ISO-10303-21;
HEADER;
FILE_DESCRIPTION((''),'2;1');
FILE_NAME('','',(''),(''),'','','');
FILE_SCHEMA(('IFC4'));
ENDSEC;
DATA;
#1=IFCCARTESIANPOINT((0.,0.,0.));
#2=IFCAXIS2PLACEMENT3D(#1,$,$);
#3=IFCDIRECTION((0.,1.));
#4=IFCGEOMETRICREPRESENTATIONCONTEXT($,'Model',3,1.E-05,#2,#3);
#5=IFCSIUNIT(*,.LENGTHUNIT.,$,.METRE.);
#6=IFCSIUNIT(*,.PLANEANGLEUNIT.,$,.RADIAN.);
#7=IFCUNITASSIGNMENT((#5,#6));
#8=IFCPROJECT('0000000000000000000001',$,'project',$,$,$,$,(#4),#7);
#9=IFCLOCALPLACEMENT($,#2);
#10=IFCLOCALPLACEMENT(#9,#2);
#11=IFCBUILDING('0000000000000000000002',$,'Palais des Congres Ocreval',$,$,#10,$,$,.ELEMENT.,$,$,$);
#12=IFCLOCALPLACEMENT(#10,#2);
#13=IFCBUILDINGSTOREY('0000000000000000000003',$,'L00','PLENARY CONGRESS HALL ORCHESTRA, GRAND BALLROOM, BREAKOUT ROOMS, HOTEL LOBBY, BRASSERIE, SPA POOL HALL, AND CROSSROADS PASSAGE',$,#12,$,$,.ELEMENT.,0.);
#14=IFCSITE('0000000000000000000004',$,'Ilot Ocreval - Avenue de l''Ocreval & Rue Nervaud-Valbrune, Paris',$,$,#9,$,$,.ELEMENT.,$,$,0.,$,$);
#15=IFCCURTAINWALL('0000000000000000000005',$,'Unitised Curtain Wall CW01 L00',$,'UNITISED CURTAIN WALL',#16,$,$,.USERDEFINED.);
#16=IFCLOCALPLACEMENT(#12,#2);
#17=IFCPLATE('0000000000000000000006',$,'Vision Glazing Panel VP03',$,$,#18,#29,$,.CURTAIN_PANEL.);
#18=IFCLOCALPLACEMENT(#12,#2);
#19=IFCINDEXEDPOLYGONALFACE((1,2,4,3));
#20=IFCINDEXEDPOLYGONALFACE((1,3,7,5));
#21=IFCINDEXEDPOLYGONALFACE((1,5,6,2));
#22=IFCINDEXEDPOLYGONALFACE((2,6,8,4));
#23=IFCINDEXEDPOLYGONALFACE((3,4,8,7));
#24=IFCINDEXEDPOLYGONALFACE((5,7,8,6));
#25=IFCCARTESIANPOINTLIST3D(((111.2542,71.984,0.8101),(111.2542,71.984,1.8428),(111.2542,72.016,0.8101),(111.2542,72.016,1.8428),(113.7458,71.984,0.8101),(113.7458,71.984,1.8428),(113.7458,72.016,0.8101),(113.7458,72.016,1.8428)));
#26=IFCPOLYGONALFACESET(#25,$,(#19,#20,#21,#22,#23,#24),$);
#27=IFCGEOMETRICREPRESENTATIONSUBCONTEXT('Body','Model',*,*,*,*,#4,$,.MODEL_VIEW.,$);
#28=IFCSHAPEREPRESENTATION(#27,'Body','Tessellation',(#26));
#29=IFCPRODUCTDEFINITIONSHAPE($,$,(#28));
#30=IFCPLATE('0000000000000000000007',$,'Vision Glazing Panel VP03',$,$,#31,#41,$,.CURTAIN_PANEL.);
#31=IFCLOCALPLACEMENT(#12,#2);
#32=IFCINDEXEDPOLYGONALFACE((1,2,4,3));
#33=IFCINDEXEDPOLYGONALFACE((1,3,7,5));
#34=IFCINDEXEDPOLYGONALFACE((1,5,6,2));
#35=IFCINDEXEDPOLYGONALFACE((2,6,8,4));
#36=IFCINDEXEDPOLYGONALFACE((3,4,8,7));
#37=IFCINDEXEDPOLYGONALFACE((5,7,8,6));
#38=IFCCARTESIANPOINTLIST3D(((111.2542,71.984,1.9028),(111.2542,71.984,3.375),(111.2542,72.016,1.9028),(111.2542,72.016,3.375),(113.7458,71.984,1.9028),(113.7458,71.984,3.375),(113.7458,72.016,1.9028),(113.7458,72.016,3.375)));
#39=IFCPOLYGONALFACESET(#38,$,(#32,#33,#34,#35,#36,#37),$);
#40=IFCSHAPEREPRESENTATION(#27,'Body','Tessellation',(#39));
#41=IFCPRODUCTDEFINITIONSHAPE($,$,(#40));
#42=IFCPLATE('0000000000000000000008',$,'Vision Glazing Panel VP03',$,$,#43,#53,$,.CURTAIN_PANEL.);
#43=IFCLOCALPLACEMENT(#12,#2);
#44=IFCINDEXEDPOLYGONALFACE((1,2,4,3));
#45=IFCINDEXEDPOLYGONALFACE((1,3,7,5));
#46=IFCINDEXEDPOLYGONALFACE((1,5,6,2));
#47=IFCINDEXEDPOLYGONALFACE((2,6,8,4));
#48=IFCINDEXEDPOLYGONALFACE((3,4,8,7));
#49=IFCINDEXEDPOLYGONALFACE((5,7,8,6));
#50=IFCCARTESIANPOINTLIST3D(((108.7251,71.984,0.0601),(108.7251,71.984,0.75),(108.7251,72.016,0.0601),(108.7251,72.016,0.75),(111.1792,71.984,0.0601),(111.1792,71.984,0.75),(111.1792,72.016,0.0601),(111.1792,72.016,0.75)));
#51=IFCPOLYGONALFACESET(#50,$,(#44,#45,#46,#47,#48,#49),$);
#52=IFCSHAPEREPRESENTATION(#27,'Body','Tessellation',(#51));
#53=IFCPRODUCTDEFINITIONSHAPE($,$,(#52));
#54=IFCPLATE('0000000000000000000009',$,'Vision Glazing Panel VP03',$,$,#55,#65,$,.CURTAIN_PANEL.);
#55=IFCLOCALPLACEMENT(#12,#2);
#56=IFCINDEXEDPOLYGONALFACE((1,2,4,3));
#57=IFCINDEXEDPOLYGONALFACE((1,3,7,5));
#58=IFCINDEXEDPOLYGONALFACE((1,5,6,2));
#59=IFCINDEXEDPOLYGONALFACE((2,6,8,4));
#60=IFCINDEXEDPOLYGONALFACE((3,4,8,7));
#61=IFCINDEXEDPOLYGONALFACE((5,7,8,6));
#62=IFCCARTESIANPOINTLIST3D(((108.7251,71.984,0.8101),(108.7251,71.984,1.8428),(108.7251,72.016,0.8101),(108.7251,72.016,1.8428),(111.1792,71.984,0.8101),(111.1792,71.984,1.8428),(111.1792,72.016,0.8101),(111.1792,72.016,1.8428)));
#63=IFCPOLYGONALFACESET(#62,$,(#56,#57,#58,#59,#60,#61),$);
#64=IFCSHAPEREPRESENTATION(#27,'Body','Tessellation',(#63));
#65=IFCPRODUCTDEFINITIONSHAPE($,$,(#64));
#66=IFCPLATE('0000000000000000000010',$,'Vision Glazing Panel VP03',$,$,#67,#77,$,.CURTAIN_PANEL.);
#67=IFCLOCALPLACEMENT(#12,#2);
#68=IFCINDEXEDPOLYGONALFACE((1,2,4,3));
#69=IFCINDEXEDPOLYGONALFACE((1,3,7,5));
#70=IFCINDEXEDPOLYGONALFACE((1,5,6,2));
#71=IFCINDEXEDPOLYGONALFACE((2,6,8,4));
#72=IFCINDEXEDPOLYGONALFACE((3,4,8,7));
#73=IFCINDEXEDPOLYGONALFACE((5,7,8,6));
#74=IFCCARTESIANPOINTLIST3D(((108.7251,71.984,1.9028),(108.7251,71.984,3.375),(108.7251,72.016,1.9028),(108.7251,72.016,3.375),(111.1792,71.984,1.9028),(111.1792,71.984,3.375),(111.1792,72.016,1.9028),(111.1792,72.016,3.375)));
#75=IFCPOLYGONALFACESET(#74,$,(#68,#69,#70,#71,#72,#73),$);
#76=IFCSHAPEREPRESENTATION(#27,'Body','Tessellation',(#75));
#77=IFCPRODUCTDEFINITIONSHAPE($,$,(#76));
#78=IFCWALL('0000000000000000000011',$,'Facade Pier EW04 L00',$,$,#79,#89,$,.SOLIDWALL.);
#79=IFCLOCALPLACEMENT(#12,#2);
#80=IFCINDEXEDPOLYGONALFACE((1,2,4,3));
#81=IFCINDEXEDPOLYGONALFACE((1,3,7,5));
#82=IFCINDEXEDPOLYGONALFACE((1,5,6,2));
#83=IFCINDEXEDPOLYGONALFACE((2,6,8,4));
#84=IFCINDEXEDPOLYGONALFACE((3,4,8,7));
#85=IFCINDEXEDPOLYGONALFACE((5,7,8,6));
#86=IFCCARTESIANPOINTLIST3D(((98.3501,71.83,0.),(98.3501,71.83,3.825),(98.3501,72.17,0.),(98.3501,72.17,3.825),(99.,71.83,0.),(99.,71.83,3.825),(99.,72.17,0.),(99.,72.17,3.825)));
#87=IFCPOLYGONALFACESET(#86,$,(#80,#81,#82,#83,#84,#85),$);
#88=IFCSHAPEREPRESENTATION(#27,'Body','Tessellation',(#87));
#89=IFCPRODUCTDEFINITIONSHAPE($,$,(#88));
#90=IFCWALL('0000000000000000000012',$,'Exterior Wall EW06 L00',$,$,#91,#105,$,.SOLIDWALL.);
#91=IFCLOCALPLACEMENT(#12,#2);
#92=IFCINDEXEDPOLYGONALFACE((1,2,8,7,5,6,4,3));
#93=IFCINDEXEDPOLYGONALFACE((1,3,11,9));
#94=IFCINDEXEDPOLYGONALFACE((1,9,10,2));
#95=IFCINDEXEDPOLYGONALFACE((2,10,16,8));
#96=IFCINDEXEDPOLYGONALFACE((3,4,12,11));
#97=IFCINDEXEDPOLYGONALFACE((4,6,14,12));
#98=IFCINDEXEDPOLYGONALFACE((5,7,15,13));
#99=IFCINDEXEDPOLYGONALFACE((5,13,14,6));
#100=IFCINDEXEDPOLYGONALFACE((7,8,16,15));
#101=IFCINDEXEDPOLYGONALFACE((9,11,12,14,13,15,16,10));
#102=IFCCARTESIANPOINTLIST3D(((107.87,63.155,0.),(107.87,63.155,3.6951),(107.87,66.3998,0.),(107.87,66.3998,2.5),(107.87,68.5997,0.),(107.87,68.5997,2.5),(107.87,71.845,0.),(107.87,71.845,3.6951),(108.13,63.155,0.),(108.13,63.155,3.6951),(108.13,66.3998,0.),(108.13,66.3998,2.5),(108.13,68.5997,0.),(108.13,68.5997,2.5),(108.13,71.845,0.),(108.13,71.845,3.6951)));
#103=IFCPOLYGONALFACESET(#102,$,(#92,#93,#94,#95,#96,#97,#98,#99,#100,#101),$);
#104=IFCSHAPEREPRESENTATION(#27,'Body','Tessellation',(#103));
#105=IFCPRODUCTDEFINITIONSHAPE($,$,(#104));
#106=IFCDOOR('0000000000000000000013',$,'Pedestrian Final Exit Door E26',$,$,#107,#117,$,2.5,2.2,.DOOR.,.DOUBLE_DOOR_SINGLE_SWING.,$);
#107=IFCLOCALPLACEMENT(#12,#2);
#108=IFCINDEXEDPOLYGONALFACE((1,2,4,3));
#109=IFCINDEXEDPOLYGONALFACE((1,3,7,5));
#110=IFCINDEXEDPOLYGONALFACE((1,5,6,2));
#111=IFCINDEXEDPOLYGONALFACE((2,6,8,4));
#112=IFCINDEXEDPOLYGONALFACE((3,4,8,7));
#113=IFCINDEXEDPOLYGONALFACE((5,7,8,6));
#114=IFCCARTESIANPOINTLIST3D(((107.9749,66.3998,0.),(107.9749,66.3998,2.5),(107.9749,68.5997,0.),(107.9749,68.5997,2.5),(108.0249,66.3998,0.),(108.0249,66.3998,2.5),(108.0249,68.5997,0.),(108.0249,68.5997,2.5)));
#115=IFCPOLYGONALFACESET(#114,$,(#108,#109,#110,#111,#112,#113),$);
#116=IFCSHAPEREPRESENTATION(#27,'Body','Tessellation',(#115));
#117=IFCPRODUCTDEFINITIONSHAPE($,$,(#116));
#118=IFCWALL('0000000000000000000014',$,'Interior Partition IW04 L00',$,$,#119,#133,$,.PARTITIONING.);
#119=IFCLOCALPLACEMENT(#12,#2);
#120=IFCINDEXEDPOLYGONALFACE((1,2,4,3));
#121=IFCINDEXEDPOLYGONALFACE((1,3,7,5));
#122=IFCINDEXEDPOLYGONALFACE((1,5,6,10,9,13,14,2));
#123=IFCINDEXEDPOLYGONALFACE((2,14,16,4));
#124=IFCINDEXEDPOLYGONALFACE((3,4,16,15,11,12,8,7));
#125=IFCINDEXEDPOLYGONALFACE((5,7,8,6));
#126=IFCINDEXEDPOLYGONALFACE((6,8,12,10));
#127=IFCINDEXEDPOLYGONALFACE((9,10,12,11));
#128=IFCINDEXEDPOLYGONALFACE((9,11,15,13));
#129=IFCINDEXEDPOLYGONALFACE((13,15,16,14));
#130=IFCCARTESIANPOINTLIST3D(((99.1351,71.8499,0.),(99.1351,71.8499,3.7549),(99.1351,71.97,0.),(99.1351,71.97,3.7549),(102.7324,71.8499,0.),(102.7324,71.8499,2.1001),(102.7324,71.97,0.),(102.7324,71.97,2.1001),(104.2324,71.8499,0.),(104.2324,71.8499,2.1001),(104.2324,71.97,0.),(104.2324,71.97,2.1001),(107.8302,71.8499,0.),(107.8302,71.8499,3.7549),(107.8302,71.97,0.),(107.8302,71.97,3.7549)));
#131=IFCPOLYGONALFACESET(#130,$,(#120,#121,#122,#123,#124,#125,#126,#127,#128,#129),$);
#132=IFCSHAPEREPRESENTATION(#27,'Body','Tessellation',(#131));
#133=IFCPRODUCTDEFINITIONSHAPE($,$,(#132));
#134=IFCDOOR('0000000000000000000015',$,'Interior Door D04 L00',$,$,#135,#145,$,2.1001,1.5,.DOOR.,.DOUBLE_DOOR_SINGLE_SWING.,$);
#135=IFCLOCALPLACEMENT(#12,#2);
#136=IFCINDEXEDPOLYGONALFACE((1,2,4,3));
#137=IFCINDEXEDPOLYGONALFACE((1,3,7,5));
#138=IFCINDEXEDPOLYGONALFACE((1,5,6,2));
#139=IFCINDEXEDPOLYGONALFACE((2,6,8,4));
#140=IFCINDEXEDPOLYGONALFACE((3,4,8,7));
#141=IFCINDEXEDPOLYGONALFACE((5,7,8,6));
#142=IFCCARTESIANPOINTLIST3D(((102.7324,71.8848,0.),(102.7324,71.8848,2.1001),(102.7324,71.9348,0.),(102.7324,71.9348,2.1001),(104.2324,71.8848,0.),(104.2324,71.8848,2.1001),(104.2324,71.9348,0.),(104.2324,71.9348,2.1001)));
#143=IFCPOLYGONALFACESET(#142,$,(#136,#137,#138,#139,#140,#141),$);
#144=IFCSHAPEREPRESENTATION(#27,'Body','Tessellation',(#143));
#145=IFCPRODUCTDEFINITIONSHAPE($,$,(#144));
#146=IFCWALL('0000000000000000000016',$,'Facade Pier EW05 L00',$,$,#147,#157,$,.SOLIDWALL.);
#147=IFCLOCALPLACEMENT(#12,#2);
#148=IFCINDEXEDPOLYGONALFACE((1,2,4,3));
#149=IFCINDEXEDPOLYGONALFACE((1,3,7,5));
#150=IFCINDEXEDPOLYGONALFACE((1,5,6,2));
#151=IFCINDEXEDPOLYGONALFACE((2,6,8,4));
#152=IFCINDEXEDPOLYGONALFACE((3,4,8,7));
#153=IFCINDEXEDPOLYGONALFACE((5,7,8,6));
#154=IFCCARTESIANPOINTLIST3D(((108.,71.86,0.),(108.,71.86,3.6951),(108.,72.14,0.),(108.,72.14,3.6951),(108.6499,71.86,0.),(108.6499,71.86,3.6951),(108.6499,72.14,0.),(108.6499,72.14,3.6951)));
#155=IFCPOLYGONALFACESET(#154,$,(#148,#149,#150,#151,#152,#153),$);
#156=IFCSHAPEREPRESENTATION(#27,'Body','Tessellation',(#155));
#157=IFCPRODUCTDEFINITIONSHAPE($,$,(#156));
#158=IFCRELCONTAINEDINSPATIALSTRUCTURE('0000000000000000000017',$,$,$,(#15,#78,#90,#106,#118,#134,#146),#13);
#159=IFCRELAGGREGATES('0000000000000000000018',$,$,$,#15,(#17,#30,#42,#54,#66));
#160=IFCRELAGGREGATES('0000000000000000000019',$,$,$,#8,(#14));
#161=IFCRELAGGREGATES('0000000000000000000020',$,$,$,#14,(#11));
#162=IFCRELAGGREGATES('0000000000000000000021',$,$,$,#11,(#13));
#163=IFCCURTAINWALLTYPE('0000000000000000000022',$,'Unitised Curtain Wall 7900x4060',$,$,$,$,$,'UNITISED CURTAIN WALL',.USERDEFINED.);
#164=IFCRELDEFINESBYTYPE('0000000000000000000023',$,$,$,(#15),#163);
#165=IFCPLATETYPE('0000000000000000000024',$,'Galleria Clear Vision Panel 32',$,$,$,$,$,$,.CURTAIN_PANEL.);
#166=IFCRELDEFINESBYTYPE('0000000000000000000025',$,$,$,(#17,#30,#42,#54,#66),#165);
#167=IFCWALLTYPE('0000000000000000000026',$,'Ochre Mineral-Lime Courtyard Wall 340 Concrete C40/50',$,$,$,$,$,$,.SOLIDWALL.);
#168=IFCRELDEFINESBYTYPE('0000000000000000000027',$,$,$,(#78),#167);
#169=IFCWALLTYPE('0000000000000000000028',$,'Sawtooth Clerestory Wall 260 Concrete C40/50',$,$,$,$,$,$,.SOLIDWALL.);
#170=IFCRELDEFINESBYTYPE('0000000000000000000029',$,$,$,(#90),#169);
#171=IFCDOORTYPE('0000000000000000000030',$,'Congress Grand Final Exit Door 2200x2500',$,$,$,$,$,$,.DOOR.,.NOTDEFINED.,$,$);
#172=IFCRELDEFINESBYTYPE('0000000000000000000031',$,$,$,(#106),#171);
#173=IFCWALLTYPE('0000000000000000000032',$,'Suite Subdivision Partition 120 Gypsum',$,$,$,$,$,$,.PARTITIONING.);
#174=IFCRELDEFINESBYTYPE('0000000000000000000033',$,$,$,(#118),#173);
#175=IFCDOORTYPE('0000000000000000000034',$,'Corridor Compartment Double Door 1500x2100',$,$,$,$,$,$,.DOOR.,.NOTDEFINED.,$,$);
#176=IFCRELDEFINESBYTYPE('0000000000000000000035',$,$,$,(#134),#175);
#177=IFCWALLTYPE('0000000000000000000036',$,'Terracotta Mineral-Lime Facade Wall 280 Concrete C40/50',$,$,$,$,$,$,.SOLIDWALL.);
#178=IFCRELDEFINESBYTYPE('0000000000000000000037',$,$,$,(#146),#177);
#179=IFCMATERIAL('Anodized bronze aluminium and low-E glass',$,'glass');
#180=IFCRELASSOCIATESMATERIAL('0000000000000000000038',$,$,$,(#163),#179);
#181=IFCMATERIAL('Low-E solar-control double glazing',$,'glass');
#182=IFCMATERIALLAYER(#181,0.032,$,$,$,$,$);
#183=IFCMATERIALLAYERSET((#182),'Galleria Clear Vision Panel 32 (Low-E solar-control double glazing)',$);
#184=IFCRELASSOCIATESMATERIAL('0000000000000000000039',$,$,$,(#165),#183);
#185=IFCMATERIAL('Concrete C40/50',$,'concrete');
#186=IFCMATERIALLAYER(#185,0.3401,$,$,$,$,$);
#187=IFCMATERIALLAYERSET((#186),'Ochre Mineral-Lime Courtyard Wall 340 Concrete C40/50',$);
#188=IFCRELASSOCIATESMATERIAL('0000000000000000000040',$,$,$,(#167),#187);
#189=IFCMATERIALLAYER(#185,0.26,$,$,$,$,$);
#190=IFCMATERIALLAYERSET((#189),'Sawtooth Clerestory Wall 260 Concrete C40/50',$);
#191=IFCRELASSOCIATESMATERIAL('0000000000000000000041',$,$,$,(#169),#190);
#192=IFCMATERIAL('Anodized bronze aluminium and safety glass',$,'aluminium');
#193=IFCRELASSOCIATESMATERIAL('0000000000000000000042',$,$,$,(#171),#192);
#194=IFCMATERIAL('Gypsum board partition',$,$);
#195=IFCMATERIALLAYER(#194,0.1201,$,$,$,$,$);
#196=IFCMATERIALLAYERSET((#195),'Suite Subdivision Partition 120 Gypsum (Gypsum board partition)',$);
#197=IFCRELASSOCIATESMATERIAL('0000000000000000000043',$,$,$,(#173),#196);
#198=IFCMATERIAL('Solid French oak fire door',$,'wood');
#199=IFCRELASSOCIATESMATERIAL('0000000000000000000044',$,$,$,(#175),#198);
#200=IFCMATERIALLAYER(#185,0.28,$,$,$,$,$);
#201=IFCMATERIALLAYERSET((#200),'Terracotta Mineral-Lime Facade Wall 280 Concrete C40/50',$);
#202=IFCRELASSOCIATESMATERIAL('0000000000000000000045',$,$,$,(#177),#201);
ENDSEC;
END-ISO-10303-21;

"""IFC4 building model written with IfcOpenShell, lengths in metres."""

from ifc_helpers import new_model, si_unit, direction, frame, frame_2d, origin, origin_2d, place, context, subcontext, project, spatial, rectangle, extrude, material, layer, layer_set, type_object, element, fill, aggregate, save


model = new_model("IFC4")

# Units and contexts
model_context = context("Model", 3, precision=1e-05, world=origin(), true_north=direction((0.0, 1.0)))
body_context = subcontext(model_context, "Body", "Model", "MODEL_VIEW")
ifc_project = project(units=[si_unit("LENGTHUNIT", "METRE"), si_unit("PLANEANGLEUNIT", "RADIAN")], contexts=[model_context])

# Site, building, storey
site_placement = place(None, origin())
site = spatial("IfcSite", under=ifc_project, at=site_placement, Name="Ilot Ocreval - Avenue de l'Ocreval & Rue Nervaud-Valbrune, Paris", CompositionType="ELEMENT", RefElevation=0.0)
building_placement = place(site_placement, origin())
building = spatial("IfcBuilding", under=site, at=building_placement, Name="Palais des Congres Ocreval", CompositionType="ELEMENT")
storey_placement = place(building_placement, origin())
storey = spatial("IfcBuildingStorey", under=building, at=storey_placement, Name="L00", Description="PLENARY CONGRESS HALL ORCHESTRA, GRAND BALLROOM, BREAKOUT ROOMS, HOTEL LOBBY, BRASSERIE, SPA POOL HALL, AND CROSSROADS PASSAGE", CompositionType="ELEMENT", Elevation=0.0)

# Curtain wall
ifc_material_1 = material(Name="Anodized bronze aluminium and low-E glass", Category="glass")
curtain_wall_type = type_object("IfcCurtainWallType", Name="Unitised Curtain Wall 7900x4060", ElementType="UNITISED CURTAIN WALL", PredefinedType="USERDEFINED", material=ifc_material_1)
curtain_wall_placement = place(storey_placement, origin())
curtain_wall = element("IfcCurtainWall", 1, at=curtain_wall_placement, inside=storey, type_object=curtain_wall_type, Name="Unitised Curtain Wall CW01 L00", ObjectType="UNITISED CURTAIN WALL", PredefinedType="USERDEFINED")

# Plates
ifc_material_2 = material(Name="Low-E solar-control double glazing", Category="glass")
ifc_layer_1 = layer(ifc_material_2, 0.032)
ifc_layer_set_1 = layer_set([ifc_layer_1], Name="Galleria Clear Vision Panel 32 (Low-E solar-control double glazing)")
plate_type_1 = type_object("IfcPlateType", Name="Galleria Clear Vision Panel 32", PredefinedType="CURTAIN_PANEL", material=ifc_layer_set_1)
plate_1_placement = place(storey_placement, frame((112.5, 72.0, 0.8101), z_axis=(0.0, 0.0, 1.0), x_axis=(-1.0, 0.0, 0.0)))
plate_1 = element("IfcPlate", 2, at=plate_1_placement, type_object=plate_type_1, Name="Vision Glazing Panel VP03", PredefinedType="CURTAIN_PANEL", context=body_context, shape_type="SweptSolid", body=[
    extrude(rectangle(XDim=2.4917, YDim=0.032, at=origin_2d()), origin(), (0.0, 0.0, 1.0), 1.0327),
])
plate_2_placement = place(storey_placement, frame((112.5, 72.0, 1.9028), z_axis=(0.0, 0.0, 1.0), x_axis=(-1.0, 0.0, 0.0)))
plate_2 = element("IfcPlate", 3, at=plate_2_placement, type_object=plate_type_1, Name="Vision Glazing Panel VP03", PredefinedType="CURTAIN_PANEL", context=body_context, shape_type="SweptSolid", body=[
    extrude(rectangle(XDim=2.4917, YDim=0.032, at=origin_2d()), origin(), (0.0, 0.0, 1.0), 1.4722),
])
plate_3_placement = place(storey_placement, frame((109.9521, 72.0, 0.0601), z_axis=(0.0, 0.0, 1.0), x_axis=(-1.0, 0.0, 0.0)))
plate_3 = element("IfcPlate", 4, at=plate_3_placement, type_object=plate_type_1, Name="Vision Glazing Panel VP03", PredefinedType="CURTAIN_PANEL", context=body_context, shape_type="SweptSolid", body=[
    extrude(rectangle(XDim=2.4541, YDim=0.032, at=origin_2d()), origin(), (0.0, 0.0, 1.0), 0.6899),
])
plate_4_placement = place(storey_placement, frame((109.9521, 72.0, 0.8101), z_axis=(0.0, 0.0, 1.0), x_axis=(-1.0, 0.0, 0.0)))
plate_4 = element("IfcPlate", 5, at=plate_4_placement, type_object=plate_type_1, Name="Vision Glazing Panel VP03", PredefinedType="CURTAIN_PANEL", context=body_context, shape_type="SweptSolid", body=[
    extrude(rectangle(XDim=2.4541, YDim=0.032, at=origin_2d()), origin(), (0.0, 0.0, 1.0), 1.0327),
])
plate_5_placement = place(storey_placement, frame((109.9521, 72.0, 1.9028), z_axis=(0.0, 0.0, 1.0), x_axis=(-1.0, 0.0, 0.0)))
plate_5 = element("IfcPlate", 6, at=plate_5_placement, type_object=plate_type_1, Name="Vision Glazing Panel VP03", PredefinedType="CURTAIN_PANEL", context=body_context, shape_type="SweptSolid", body=[
    extrude(rectangle(XDim=2.4541, YDim=0.032, at=origin_2d()), origin(), (0.0, 0.0, 1.0), 1.4722),
])
aggregate(curtain_wall, [plate_1, plate_2, plate_3, plate_4, plate_5])

# Wall
ifc_material_3 = material(Name="Concrete C40/50", Category="concrete")
ifc_layer_2 = layer(ifc_material_3, 0.3401)
ifc_layer_set_2 = layer_set([ifc_layer_2], Name="Ochre Mineral-Lime Courtyard Wall 340 Concrete C40/50")
wall_type_1 = type_object("IfcWallType", Name="Ochre Mineral-Lime Courtyard Wall 340 Concrete C40/50", PredefinedType="SOLIDWALL", material=ifc_layer_set_2)
wall_1_placement = place(storey_placement, frame((99.0, 72.0, 0.0), z_axis=(0.0, 0.0, 1.0), x_axis=(-1.0, 0.0, 0.0)))
element("IfcWall", 7, at=wall_1_placement, inside=storey, type_object=wall_type_1, Name="Facade Pier EW04 L00", PredefinedType="SOLIDWALL", context=body_context, shape_type="SweptSolid", body=[
    extrude(rectangle(XDim=0.6499, YDim=0.3401, at=frame_2d((0.325, 0.0))), origin(), (0.0, 0.0, 1.0), 3.825),
])

# Walls, openings, doors
ifc_layer_3 = layer(ifc_material_3, 0.26)
ifc_layer_set_3 = layer_set([ifc_layer_3], Name="Sawtooth Clerestory Wall 260 Concrete C40/50")
wall_type_2 = type_object("IfcWallType", Name="Sawtooth Clerestory Wall 260 Concrete C40/50", PredefinedType="SOLIDWALL", material=ifc_layer_set_3)
wall_2_placement = place(storey_placement, frame((108.0, 71.845, 0.0), z_axis=(0.0, 0.0, 1.0), x_axis=(0.0, -1.0, 0.0)))
wall_2 = element("IfcWall", 8, at=wall_2_placement, inside=storey, type_object=wall_type_2, Name="Exterior Wall EW06 L00", PredefinedType="SOLIDWALL", context=body_context, shape_type="SweptSolid", body=[
    extrude(rectangle(XDim=8.6899, YDim=0.26, at=frame_2d((4.345, 0.0))), origin(), (0.0, 0.0, 1.0), 3.6951),
])
opening_1_placement = place(wall_2_placement, frame((3.2451, 0.0, 0.0)))
opening_1 = element("IfcOpeningElement", 9, at=opening_1_placement, cuts=wall_2, PredefinedType="OPENING", context=body_context, shape_type="SweptSolid", body=[
    extrude(rectangle(XDim=2.2, YDim=2.5, at=frame_2d((1.1001, 1.25))), frame((0.0, 0.1399, 0.0), z_axis=(0.0, -1.0, 0.0), x_axis=(1.0, 0.0, 0.0)), (0.0, 0.0, 1.0), 0.28),
])
ifc_material_4 = material(Name="Anodized bronze aluminium and safety glass", Category="aluminium")
door_type_1 = type_object("IfcDoorType", Name="Congress Grand Final Exit Door 2200x2500", OperationType="NOTDEFINED", PredefinedType="DOOR", material=ifc_material_4)
door_1_placement = place(opening_1_placement, origin())
door_1 = element("IfcDoor", 10, at=door_1_placement, inside=storey, type_object=door_type_1, Name="Pedestrian Final Exit Door E26", OperationType="DOUBLE_DOOR_SINGLE_SWING", OverallHeight=2.5, OverallWidth=2.2, PredefinedType="DOOR", context=body_context, shape_type="SweptSolid", body=[
    extrude(rectangle(XDim=2.2, YDim=2.5, at=frame_2d((1.1001, 1.25))), frame((0.0, 0.0249, 0.0), z_axis=(0.0, -1.0, 0.0), x_axis=(1.0, 0.0, 0.0)), (0.0, 0.0, 1.0), 0.05),
])
fill(opening_1, door_1)
ifc_material_5 = material(Name="Gypsum board partition")
ifc_layer_4 = layer(ifc_material_5, 0.1201)
ifc_layer_set_4 = layer_set([ifc_layer_4], Name="Suite Subdivision Partition 120 Gypsum (Gypsum board partition)")
wall_type_3 = type_object("IfcWallType", Name="Suite Subdivision Partition 120 Gypsum", PredefinedType="PARTITIONING", material=ifc_layer_set_4)
wall_3_placement = place(storey_placement, frame((99.135, 71.9099, 0.0), z_axis=(0.0, 0.0, 1.0), x_axis=(1.0, 0.0, 0.0)))
wall_3 = element("IfcWall", 11, at=wall_3_placement, inside=storey, type_object=wall_type_3, Name="Interior Partition IW04 L00", PredefinedType="PARTITIONING", context=body_context, shape_type="SweptSolid", body=[
    extrude(rectangle(XDim=8.6951, YDim=0.1201, at=frame_2d((4.3477, 0.0))), origin(), (0.0, 0.0, 1.0), 3.7549),
])
opening_2_placement = place(wall_3_placement, frame((3.5974, 0.0, 0.0)))
opening_2 = element("IfcOpeningElement", 12, at=opening_2_placement, cuts=wall_3, PredefinedType="OPENING", context=body_context, shape_type="SweptSolid", body=[
    extrude(rectangle(XDim=1.5, YDim=2.1001, at=frame_2d((0.75, 1.05))), frame((0.0, 0.0701, 0.0), z_axis=(0.0, -1.0, 0.0), x_axis=(1.0, 0.0, 0.0)), (0.0, 0.0, 1.0), 0.1401),
])
ifc_material_6 = material(Name="Solid French oak fire door", Category="wood")
door_type_2 = type_object("IfcDoorType", Name="Corridor Compartment Double Door 1500x2100", OperationType="NOTDEFINED", PredefinedType="DOOR", material=ifc_material_6)
door_2_placement = place(opening_2_placement, origin())
door_2 = element("IfcDoor", 13, at=door_2_placement, inside=storey, type_object=door_type_2, Name="Interior Door D04 L00", OperationType="DOUBLE_DOOR_SINGLE_SWING", OverallHeight=2.1001, OverallWidth=1.5, PredefinedType="DOOR", context=body_context, shape_type="SweptSolid", body=[
    extrude(rectangle(XDim=1.5, YDim=2.1001, at=frame_2d((0.75, 1.05))), frame((0.0, 0.0249, 0.0), z_axis=(0.0, -1.0, 0.0), x_axis=(1.0, 0.0, 0.0)), (0.0, 0.0, 1.0), 0.05),
])
fill(opening_2, door_2)

# Wall
ifc_layer_5 = layer(ifc_material_3, 0.28)
ifc_layer_set_5 = layer_set([ifc_layer_5], Name="Terracotta Mineral-Lime Facade Wall 280 Concrete C40/50")
wall_type_4 = type_object("IfcWallType", Name="Terracotta Mineral-Lime Facade Wall 280 Concrete C40/50", PredefinedType="SOLIDWALL", material=ifc_layer_set_5)
wall_4_placement = place(storey_placement, frame((108.6499, 72.0, 0.0), z_axis=(0.0, 0.0, 1.0), x_axis=(-1.0, 0.0, 0.0)))
element("IfcWall", 14, at=wall_4_placement, inside=storey, type_object=wall_type_4, Name="Facade Pier EW05 L00", PredefinedType="SOLIDWALL", context=body_context, shape_type="SweptSolid", body=[
    extrude(rectangle(XDim=0.6499, YDim=0.28, at=frame_2d((0.325, 0.0))), origin(), (0.0, 0.0, 1.0), 3.6951),
])

save(model, "model.ifc")
